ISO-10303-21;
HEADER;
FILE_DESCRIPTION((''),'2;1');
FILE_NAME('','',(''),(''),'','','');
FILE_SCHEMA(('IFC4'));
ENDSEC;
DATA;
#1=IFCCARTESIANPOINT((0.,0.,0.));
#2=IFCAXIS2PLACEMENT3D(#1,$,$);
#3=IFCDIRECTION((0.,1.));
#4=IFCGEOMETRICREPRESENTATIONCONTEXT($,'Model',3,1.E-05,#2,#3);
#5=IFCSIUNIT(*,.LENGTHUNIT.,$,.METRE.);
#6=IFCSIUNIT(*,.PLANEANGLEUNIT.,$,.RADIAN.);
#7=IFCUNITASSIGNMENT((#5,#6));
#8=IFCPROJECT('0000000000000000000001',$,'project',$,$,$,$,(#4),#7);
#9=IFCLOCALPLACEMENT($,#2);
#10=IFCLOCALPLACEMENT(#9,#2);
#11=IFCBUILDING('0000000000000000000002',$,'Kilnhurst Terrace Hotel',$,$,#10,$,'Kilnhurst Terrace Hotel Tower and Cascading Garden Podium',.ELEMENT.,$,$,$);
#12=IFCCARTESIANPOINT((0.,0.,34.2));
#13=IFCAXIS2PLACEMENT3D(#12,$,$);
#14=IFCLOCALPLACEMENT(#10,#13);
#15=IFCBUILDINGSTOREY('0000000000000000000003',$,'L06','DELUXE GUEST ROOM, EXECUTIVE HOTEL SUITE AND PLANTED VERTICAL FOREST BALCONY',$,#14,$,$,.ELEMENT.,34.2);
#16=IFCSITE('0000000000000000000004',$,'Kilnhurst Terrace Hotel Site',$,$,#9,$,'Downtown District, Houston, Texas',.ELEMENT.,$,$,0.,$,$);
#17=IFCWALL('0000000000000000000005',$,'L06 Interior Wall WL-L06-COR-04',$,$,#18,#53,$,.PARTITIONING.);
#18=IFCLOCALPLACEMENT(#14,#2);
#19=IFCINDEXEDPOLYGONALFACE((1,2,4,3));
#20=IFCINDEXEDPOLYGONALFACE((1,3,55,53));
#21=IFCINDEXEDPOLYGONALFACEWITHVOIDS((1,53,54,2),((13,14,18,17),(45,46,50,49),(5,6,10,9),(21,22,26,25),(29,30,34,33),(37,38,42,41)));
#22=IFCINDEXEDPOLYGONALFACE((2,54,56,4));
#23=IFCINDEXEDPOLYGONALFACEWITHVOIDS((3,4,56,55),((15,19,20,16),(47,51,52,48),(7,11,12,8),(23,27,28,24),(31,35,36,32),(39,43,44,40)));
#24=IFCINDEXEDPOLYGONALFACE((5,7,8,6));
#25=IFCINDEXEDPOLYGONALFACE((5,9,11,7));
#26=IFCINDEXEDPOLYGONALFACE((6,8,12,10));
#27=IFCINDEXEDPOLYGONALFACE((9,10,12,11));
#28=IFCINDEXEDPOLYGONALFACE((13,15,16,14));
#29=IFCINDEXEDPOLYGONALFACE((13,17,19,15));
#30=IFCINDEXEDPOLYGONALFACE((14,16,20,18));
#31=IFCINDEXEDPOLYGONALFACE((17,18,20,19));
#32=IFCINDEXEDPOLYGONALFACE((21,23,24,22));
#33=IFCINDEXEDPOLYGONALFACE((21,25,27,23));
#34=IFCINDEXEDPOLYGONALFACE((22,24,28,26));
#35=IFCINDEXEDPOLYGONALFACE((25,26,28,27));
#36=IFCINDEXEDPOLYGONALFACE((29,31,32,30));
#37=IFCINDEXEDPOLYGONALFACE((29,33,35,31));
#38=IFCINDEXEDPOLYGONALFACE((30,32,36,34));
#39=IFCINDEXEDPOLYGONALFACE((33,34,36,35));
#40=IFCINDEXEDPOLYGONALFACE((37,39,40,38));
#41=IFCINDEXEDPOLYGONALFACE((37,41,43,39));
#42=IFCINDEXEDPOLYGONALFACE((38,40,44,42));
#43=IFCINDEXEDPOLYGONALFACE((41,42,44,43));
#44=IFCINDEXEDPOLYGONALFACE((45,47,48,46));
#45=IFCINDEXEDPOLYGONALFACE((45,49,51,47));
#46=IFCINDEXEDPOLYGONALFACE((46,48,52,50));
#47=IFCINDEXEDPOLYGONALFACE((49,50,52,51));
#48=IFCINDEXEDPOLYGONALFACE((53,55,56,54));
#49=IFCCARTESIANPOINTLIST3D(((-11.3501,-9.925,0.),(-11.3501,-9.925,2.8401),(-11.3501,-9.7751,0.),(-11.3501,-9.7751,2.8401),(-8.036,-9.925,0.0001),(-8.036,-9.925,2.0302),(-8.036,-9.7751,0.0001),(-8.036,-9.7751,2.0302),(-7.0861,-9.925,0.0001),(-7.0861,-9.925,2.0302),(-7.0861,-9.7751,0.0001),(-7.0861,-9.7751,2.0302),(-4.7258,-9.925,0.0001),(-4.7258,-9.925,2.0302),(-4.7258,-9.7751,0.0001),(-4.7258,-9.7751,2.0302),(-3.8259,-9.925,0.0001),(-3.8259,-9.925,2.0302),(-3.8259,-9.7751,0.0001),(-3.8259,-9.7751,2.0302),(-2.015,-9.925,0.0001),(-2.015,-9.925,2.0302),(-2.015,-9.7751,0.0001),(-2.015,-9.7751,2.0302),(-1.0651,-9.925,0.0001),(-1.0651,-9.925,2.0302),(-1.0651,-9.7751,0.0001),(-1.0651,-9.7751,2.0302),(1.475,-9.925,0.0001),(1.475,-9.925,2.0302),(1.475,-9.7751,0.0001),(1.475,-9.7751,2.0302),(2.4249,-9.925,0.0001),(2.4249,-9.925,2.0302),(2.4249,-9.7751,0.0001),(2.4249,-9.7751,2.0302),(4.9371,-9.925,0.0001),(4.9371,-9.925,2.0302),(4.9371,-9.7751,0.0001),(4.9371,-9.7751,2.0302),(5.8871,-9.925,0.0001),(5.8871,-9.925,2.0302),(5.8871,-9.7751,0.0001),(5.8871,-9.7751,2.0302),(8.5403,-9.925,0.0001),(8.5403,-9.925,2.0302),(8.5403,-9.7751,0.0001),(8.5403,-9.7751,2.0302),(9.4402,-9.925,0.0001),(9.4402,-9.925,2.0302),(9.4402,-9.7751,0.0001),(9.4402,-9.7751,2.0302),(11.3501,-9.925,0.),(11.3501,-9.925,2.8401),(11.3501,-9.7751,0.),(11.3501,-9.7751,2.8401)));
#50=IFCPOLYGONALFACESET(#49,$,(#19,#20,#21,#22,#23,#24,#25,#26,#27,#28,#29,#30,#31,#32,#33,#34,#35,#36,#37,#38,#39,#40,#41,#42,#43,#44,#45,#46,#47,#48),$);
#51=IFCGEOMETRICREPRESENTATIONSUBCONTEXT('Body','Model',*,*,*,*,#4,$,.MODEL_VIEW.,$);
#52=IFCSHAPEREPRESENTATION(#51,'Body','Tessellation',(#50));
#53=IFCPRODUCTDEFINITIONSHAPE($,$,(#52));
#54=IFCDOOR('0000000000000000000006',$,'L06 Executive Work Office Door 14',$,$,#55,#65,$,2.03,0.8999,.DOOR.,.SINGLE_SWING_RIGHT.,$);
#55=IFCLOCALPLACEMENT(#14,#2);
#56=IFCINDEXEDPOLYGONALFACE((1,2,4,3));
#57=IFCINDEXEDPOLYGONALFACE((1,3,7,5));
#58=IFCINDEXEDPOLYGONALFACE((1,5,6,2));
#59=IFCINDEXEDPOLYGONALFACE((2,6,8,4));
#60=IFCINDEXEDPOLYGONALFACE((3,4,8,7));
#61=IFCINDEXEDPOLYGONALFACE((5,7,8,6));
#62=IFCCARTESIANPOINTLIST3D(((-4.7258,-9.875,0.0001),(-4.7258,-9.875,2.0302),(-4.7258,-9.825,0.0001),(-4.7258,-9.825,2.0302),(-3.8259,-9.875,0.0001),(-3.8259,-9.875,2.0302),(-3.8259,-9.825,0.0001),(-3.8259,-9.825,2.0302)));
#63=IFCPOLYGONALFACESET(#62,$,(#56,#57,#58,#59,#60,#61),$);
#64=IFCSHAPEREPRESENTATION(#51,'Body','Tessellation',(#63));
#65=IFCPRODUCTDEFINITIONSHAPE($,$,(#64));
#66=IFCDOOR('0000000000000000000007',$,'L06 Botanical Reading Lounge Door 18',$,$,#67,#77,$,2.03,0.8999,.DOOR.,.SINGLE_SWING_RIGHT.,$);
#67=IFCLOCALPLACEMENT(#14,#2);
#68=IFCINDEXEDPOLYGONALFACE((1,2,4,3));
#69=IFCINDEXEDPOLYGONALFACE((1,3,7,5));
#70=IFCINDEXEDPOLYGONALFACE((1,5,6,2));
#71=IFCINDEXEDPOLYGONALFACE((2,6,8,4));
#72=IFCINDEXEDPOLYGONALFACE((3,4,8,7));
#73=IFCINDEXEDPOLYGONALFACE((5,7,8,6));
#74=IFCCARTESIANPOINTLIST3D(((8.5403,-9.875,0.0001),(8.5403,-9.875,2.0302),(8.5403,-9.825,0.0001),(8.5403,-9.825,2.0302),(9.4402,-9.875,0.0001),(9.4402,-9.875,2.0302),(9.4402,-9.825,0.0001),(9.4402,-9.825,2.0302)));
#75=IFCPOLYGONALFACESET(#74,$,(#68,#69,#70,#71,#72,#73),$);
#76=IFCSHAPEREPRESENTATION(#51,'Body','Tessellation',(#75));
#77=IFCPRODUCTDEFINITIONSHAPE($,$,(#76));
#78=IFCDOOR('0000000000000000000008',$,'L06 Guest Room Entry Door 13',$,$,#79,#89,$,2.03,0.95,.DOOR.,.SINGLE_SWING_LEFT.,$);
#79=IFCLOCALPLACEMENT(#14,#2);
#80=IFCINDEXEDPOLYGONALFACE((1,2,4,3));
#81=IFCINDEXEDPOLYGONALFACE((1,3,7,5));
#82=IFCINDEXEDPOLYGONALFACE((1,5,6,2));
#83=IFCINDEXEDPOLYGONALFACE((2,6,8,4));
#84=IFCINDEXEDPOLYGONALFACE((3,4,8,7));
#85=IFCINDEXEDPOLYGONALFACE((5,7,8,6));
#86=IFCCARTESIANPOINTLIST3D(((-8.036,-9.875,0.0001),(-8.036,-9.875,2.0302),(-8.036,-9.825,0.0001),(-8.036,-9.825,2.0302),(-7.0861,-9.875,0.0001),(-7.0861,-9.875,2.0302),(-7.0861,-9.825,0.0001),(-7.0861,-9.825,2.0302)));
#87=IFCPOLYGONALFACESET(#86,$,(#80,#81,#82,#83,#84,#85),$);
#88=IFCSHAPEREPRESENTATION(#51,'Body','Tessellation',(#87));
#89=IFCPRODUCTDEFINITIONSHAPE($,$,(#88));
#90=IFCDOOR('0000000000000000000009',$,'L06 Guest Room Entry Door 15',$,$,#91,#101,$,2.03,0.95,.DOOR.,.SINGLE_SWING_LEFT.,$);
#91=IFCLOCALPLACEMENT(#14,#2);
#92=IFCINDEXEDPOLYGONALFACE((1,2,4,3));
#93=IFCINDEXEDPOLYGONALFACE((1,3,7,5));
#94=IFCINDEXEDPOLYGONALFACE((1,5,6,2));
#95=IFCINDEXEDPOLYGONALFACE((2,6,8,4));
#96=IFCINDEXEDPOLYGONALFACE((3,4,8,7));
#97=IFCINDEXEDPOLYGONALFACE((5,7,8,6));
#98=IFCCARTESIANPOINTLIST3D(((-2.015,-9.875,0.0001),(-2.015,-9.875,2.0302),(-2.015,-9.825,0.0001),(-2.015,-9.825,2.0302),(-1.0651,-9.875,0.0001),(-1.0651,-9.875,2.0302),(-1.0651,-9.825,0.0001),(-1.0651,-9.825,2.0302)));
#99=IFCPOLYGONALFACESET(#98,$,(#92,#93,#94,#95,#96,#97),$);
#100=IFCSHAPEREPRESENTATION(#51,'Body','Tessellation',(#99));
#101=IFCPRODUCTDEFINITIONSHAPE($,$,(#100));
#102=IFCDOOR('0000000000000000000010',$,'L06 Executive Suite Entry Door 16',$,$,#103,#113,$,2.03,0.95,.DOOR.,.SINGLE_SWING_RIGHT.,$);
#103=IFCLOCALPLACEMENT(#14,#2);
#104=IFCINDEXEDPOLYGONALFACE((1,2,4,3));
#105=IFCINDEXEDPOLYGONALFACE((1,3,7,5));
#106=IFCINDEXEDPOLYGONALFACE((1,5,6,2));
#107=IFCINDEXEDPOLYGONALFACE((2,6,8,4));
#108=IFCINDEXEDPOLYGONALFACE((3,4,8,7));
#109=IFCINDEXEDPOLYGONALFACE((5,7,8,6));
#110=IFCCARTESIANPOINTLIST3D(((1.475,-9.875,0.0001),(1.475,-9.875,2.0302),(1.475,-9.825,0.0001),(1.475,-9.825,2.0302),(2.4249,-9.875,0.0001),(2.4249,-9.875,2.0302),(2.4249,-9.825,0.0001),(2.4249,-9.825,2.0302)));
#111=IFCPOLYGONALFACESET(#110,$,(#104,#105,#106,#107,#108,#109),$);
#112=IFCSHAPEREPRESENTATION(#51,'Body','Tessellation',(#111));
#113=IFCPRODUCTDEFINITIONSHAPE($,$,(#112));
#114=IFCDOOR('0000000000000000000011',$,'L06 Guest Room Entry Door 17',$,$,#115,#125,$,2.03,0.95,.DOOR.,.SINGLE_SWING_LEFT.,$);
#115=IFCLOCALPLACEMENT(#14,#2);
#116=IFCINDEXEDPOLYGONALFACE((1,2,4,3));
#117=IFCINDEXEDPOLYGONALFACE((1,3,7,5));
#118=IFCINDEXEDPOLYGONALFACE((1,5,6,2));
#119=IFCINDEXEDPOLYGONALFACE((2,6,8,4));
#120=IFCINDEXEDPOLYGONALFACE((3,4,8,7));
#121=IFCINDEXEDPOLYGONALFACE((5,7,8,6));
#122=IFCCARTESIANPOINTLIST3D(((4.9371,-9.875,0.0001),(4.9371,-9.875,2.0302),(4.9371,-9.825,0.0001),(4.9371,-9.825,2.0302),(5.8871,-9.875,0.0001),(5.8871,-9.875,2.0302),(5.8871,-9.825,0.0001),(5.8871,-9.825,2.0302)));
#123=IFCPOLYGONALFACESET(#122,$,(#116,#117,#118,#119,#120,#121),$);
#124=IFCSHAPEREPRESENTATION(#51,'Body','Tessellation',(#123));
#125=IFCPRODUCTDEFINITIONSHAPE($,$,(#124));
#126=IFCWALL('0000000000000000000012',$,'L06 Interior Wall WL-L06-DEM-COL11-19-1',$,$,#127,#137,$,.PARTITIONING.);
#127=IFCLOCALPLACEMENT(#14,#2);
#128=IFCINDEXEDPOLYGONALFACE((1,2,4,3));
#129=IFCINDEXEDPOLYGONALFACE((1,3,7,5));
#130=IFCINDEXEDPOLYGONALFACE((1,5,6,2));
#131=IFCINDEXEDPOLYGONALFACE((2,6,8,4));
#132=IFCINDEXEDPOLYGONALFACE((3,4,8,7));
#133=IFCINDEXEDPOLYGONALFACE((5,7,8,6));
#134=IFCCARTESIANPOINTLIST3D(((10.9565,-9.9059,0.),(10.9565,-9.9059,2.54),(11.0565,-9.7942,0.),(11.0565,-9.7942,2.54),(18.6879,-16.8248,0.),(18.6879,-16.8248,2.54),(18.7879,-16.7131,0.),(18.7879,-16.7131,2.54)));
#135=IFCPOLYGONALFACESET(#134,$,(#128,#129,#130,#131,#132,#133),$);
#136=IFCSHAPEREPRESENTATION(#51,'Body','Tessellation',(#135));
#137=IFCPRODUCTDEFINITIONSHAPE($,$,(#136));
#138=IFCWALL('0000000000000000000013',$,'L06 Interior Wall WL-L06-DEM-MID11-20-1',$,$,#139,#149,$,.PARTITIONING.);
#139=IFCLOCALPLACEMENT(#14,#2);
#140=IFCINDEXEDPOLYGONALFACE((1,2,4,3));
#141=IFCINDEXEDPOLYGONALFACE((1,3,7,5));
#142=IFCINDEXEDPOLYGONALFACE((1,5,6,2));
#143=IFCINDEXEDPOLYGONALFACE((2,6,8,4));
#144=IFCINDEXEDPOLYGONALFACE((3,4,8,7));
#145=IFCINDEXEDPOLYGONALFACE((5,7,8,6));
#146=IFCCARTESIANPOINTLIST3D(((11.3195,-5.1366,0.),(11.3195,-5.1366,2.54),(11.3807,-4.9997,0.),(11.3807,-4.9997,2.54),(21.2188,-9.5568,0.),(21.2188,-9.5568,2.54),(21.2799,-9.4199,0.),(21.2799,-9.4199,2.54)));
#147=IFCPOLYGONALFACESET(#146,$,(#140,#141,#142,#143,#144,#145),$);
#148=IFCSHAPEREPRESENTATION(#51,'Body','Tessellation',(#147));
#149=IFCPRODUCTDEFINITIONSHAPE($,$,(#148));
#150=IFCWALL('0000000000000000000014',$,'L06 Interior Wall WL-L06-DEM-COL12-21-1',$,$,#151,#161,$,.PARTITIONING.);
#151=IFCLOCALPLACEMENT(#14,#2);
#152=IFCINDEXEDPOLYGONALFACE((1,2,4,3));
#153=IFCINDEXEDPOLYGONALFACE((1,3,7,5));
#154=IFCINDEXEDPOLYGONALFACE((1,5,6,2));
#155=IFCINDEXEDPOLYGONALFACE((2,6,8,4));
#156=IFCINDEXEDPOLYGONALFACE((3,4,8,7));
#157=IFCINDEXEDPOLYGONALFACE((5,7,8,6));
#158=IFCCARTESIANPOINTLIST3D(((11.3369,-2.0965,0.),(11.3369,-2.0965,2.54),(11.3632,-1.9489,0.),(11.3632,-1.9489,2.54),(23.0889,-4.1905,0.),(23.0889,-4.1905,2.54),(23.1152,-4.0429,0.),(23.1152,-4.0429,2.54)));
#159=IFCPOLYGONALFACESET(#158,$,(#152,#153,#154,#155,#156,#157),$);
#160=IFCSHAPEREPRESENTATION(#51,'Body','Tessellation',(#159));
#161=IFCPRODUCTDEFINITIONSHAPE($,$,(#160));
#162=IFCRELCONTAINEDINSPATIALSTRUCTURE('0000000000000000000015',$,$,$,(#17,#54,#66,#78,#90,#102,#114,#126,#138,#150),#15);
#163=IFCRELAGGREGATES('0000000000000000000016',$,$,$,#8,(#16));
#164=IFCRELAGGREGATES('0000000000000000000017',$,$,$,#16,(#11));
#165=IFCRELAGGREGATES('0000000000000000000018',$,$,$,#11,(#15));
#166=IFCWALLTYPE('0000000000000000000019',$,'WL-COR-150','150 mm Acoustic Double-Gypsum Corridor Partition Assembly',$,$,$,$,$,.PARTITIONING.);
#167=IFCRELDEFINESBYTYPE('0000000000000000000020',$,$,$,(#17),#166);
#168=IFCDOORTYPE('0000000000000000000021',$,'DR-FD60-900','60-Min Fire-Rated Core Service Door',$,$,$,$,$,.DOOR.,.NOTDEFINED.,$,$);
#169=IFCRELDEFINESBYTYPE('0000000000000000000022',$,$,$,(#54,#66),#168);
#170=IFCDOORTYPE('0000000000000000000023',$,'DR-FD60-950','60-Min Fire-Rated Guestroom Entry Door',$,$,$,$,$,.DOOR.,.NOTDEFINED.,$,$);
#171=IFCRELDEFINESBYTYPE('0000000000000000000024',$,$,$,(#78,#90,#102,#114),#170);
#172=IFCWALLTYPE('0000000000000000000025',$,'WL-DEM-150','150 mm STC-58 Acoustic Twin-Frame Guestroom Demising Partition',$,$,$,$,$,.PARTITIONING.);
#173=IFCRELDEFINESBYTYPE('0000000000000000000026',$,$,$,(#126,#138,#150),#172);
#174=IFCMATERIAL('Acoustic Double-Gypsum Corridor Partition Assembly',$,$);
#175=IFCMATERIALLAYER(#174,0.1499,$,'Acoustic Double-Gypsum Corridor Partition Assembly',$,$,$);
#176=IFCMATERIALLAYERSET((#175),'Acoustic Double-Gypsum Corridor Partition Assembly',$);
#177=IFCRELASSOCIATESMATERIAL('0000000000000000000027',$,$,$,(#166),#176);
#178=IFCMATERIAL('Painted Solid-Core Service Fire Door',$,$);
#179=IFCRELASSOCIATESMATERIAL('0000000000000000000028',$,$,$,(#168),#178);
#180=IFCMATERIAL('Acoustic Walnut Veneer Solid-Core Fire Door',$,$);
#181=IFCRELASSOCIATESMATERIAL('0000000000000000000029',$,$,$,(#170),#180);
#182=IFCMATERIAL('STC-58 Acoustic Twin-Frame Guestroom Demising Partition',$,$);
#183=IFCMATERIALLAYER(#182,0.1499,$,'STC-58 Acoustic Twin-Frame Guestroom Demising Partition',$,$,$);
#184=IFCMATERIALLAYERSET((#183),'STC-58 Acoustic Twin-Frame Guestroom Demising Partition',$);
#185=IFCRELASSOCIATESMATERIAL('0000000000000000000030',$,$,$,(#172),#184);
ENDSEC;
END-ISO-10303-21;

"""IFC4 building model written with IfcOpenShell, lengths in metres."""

from ifc_helpers import new_model, si_unit, direction, frame, frame_2d, origin, place, context, subcontext, project, spatial, rectangle, extrude, material, layer, layer_set, type_object, element, fill, save


model = new_model("IFC4")

# Units and contexts
model_context = context("Model", 3, precision=1e-05, world=origin(), true_north=direction((0.0, 1.0)))
body_context = subcontext(model_context, "Body", "Model", "MODEL_VIEW")
ifc_project = project(units=[si_unit("LENGTHUNIT", "METRE"), si_unit("PLANEANGLEUNIT", "RADIAN")], contexts=[model_context])

# Site, building, storey
site_placement = place(None, origin())
site = spatial("IfcSite", under=ifc_project, at=site_placement, Name="Kilnhurst Terrace Hotel Site", LongName="Downtown District, Houston, Texas", CompositionType="ELEMENT", RefElevation=0.0)
building_placement = place(site_placement, origin())
building = spatial("IfcBuilding", under=site, at=building_placement, Name="Kilnhurst Terrace Hotel", LongName="Kilnhurst Terrace Hotel Tower and Cascading Garden Podium", CompositionType="ELEMENT")
storey_placement = place(building_placement, frame((0.0, 0.0, 34.2)))
storey = spatial("IfcBuildingStorey", under=building, at=storey_placement, Name="L06", Description="DELUXE GUEST ROOM, EXECUTIVE HOTEL SUITE AND PLANTED VERTICAL FOREST BALCONY", CompositionType="ELEMENT", Elevation=34.2)

# Wall, openings, doors
ifc_material_1 = material(Name="Acoustic Double-Gypsum Corridor Partition Assembly")
ifc_layer_1 = layer(ifc_material_1, 0.1499, Name="Acoustic Double-Gypsum Corridor Partition Assembly")
ifc_layer_set_1 = layer_set([ifc_layer_1], Name="Acoustic Double-Gypsum Corridor Partition Assembly")
wall_type_1 = type_object("IfcWallType", Name="WL-COR-150", Description="150 mm Acoustic Double-Gypsum Corridor Partition Assembly", PredefinedType="PARTITIONING", material=ifc_layer_set_1)
wall_1_placement = place(storey_placement, frame((11.3501, -9.8501, 0.0), z_axis=(0.0, 0.0, 1.0), x_axis=(-1.0, 0.0, 0.0)))
wall_1 = element("IfcWall", 1, at=wall_1_placement, inside=storey, type_object=wall_type_1, Name="L06 Interior Wall WL-L06-COR-04", PredefinedType="PARTITIONING", context=body_context, shape_type="SweptSolid", body=[
    extrude(rectangle(XDim=22.7002, YDim=0.1499, at=frame_2d((11.3501, 0.0))), origin(), (0.0, 0.0, 1.0), 2.8401),
])
opening_1_placement = place(wall_1_placement, frame((18.436, 0.0, 0.0)))
opening_1 = element("IfcOpeningElement", 2, at=opening_1_placement, cuts=wall_1, PredefinedType="OPENING", context=body_context, shape_type="SweptSolid", body=[
    extrude(rectangle(XDim=0.95, YDim=2.03, at=frame_2d((0.4751, 1.0151))), frame((0.0, 0.085, 0.0), z_axis=(0.0, -1.0, 0.0), x_axis=(1.0, 0.0, 0.0)), (0.0, 0.0, 1.0), 0.1699),
])
opening_2_placement = place(wall_1_placement, frame((15.176, 0.0, 0.0)))
opening_2 = element("IfcOpeningElement", 3, at=opening_2_placement, cuts=wall_1, PredefinedType="OPENING", context=body_context, shape_type="SweptSolid", body=[
    extrude(rectangle(XDim=0.8999, YDim=2.03, at=frame_2d((0.45, 1.0151))), frame((0.0, 0.085, 0.0), z_axis=(0.0, -1.0, 0.0), x_axis=(1.0, 0.0, 0.0)), (0.0, 0.0, 1.0), 0.1699),
])
opening_3_placement = place(wall_1_placement, frame((12.415, 0.0, 0.0)))
opening_3 = element("IfcOpeningElement", 4, at=opening_3_placement, cuts=wall_1, PredefinedType="OPENING", context=body_context, shape_type="SweptSolid", body=[
    extrude(rectangle(XDim=0.95, YDim=2.03, at=frame_2d((0.4751, 1.0151))), frame((0.0, 0.085, 0.0), z_axis=(0.0, -1.0, 0.0), x_axis=(1.0, 0.0, 0.0)), (0.0, 0.0, 1.0), 0.1699),
])
opening_4_placement = place(wall_1_placement, frame((8.925, 0.0, 0.0)))
opening_4 = element("IfcOpeningElement", 5, at=opening_4_placement, cuts=wall_1, PredefinedType="OPENING", context=body_context, shape_type="SweptSolid", body=[
    extrude(rectangle(XDim=0.95, YDim=2.03, at=frame_2d((0.4751, 1.0151))), frame((0.0, 0.085, 0.0), z_axis=(0.0, -1.0, 0.0), x_axis=(1.0, 0.0, 0.0)), (0.0, 0.0, 1.0), 0.1699),
])
opening_5_placement = place(wall_1_placement, frame((5.4629, 0.0, 0.0)))
opening_5 = element("IfcOpeningElement", 6, at=opening_5_placement, cuts=wall_1, PredefinedType="OPENING", context=body_context, shape_type="SweptSolid", body=[
    extrude(rectangle(XDim=0.95, YDim=2.03, at=frame_2d((0.4751, 1.0151))), frame((0.0, 0.085, 0.0), z_axis=(0.0, -1.0, 0.0), x_axis=(1.0, 0.0, 0.0)), (0.0, 0.0, 1.0), 0.1699),
])
opening_6_placement = place(wall_1_placement, frame((1.9099, 0.0, 0.0)))
opening_6 = element("IfcOpeningElement", 7, at=opening_6_placement, cuts=wall_1, PredefinedType="OPENING", context=body_context, shape_type="SweptSolid", body=[
    extrude(rectangle(XDim=0.8999, YDim=2.03, at=frame_2d((0.45, 1.0151))), frame((0.0, 0.085, 0.0), z_axis=(0.0, -1.0, 0.0), x_axis=(1.0, 0.0, 0.0)), (0.0, 0.0, 1.0), 0.1699),
])
ifc_material_2 = material(Name="Painted Solid-Core Service Fire Door")
door_type_1 = type_object("IfcDoorType", Name="DR-FD60-900", Description="60-Min Fire-Rated Core Service Door", OperationType="NOTDEFINED", PredefinedType="DOOR", material=ifc_material_2)
door_1_placement = place(opening_2_placement, origin())
door_1 = element("IfcDoor", 8, at=door_1_placement, inside=storey, type_object=door_type_1, Name="L06 Executive Work Office Door 14", OperationType="SINGLE_SWING_RIGHT", OverallHeight=2.03, OverallWidth=0.8999, PredefinedType="DOOR", context=body_context, shape_type="SweptSolid", body=[
    extrude(rectangle(XDim=0.8999, YDim=2.03, at=frame_2d((0.45, 1.0151))), frame((0.0, 0.0249, 0.0), z_axis=(0.0, -1.0, 0.0), x_axis=(1.0, 0.0, 0.0)), (0.0, 0.0, 1.0), 0.05),
])
fill(opening_2, door_1)
door_2_placement = place(opening_6_placement, origin())
door_2 = element("IfcDoor", 9, at=door_2_placement, inside=storey, type_object=door_type_1, Name="L06 Botanical Reading Lounge Door 18", OperationType="SINGLE_SWING_RIGHT", OverallHeight=2.03, OverallWidth=0.8999, PredefinedType="DOOR", context=body_context, shape_type="SweptSolid", body=[
    extrude(rectangle(XDim=0.8999, YDim=2.03, at=frame_2d((0.45, 1.0151))), frame((0.0, 0.0249, 0.0), z_axis=(0.0, -1.0, 0.0), x_axis=(1.0, 0.0, 0.0)), (0.0, 0.0, 1.0), 0.05),
])
fill(opening_6, door_2)
ifc_material_3 = material(Name="Acoustic Walnut Veneer Solid-Core Fire Door")
door_type_2 = type_object("IfcDoorType", Name="DR-FD60-950", Description="60-Min Fire-Rated Guestroom Entry Door", OperationType="NOTDEFINED", PredefinedType="DOOR", material=ifc_material_3)
door_3_placement = place(opening_1_placement, origin())
door_3 = element("IfcDoor", 10, at=door_3_placement, inside=storey, type_object=door_type_2, Name="L06 Guest Room Entry Door 13", OperationType="SINGLE_SWING_LEFT", OverallHeight=2.03, OverallWidth=0.95, PredefinedType="DOOR", context=body_context, shape_type="SweptSolid", body=[
    extrude(rectangle(XDim=0.95, YDim=2.03, at=frame_2d((0.4751, 1.0151))), frame((0.0, 0.0249, 0.0), z_axis=(0.0, -1.0, 0.0), x_axis=(1.0, 0.0, 0.0)), (0.0, 0.0, 1.0), 0.05),
])
fill(opening_1, door_3)
door_4_placement = place(opening_3_placement, origin())
door_4 = element("IfcDoor", 11, at=door_4_placement, inside=storey, type_object=door_type_2, Name="L06 Guest Room Entry Door 15", OperationType="SINGLE_SWING_LEFT", OverallHeight=2.03, OverallWidth=0.95, PredefinedType="DOOR", context=body_context, shape_type="SweptSolid", body=[
    extrude(rectangle(XDim=0.95, YDim=2.03, at=frame_2d((0.4751, 1.0151))), frame((0.0, 0.0249, 0.0), z_axis=(0.0, -1.0, 0.0), x_axis=(1.0, 0.0, 0.0)), (0.0, 0.0, 1.0), 0.05),
])
fill(opening_3, door_4)
door_5_placement = place(opening_4_placement, origin())
door_5 = element("IfcDoor", 12, at=door_5_placement, inside=storey, type_object=door_type_2, Name="L06 Executive Suite Entry Door 16", OperationType="SINGLE_SWING_RIGHT", OverallHeight=2.03, OverallWidth=0.95, PredefinedType="DOOR", context=body_context, shape_type="SweptSolid", body=[
    extrude(rectangle(XDim=0.95, YDim=2.03, at=frame_2d((0.4751, 1.0151))), frame((0.0, 0.0249, 0.0), z_axis=(0.0, -1.0, 0.0), x_axis=(1.0, 0.0, 0.0)), (0.0, 0.0, 1.0), 0.05),
])
fill(opening_4, door_5)
door_6_placement = place(opening_5_placement, origin())
door_6 = element("IfcDoor", 13, at=door_6_placement, inside=storey, type_object=door_type_2, Name="L06 Guest Room Entry Door 17", OperationType="SINGLE_SWING_LEFT", OverallHeight=2.03, OverallWidth=0.95, PredefinedType="DOOR", context=body_context, shape_type="SweptSolid", body=[
    extrude(rectangle(XDim=0.95, YDim=2.03, at=frame_2d((0.4751, 1.0151))), frame((0.0, 0.0249, 0.0), z_axis=(0.0, -1.0, 0.0), x_axis=(1.0, 0.0, 0.0)), (0.0, 0.0, 1.0), 0.05),
])
fill(opening_5, door_6)

# Walls
ifc_material_4 = material(Name="STC-58 Acoustic Twin-Frame Guestroom Demising Partition")
ifc_layer_2 = layer(ifc_material_4, 0.1499, Name="STC-58 Acoustic Twin-Frame Guestroom Demising Partition")
ifc_layer_set_2 = layer_set([ifc_layer_2], Name="STC-58 Acoustic Twin-Frame Guestroom Demising Partition")
wall_type_2 = type_object("IfcWallType", Name="WL-DEM-150", Description="150 mm STC-58 Acoustic Twin-Frame Guestroom Demising Partition", PredefinedType="PARTITIONING", material=ifc_layer_set_2)
wall_2_placement = place(storey_placement, frame((11.0066, -9.8501, 0.0), z_axis=(0.0, 0.0, 1.0), x_axis=(0.745177, -0.666866, 0.0)))
element("IfcWall", 14, at=wall_2_placement, inside=storey, type_object=wall_type_2, Name="L06 Interior Wall WL-L06-DEM-COL11-19-1", PredefinedType="PARTITIONING", context=body_context, shape_type="SweptSolid", body=[
    extrude(rectangle(XDim=10.3752, YDim=0.1499, at=frame_2d((5.1875, 0.0))), origin(), (0.0, 0.0, 1.0), 2.54),
])
wall_3_placement = place(storey_placement, frame((11.3501, -5.0681, 0.0), z_axis=(0.0, 0.0, 1.0), x_axis=(0.913107, -0.40772, 0.0)))
element("IfcWall", 15, at=wall_3_placement, inside=storey, type_object=wall_type_2, Name="L06 Interior Wall WL-L06-DEM-MID11-20-1", PredefinedType="PARTITIONING", context=body_context, shape_type="SweptSolid", body=[
    extrude(rectangle(XDim=10.8413, YDim=0.1499, at=frame_2d((5.4207, 0.0))), origin(), (0.0, 0.0, 1.0), 2.54),
])
wall_4_placement = place(storey_placement, frame((11.3501, -2.0227, 0.0), z_axis=(0.0, 0.0, 1.0), x_axis=(0.984494, -0.17542, 0.0)))
element("IfcWall", 16, at=wall_4_placement, inside=storey, type_object=wall_type_2, Name="L06 Interior Wall WL-L06-DEM-COL12-21-1", PredefinedType="PARTITIONING", context=body_context, shape_type="SweptSolid", body=[
    extrude(rectangle(XDim=11.937, YDim=0.1499, at=frame_2d((5.9685, 0.0))), origin(), (0.0, 0.0, 1.0), 2.54),
])

save(model, "model.ifc")
